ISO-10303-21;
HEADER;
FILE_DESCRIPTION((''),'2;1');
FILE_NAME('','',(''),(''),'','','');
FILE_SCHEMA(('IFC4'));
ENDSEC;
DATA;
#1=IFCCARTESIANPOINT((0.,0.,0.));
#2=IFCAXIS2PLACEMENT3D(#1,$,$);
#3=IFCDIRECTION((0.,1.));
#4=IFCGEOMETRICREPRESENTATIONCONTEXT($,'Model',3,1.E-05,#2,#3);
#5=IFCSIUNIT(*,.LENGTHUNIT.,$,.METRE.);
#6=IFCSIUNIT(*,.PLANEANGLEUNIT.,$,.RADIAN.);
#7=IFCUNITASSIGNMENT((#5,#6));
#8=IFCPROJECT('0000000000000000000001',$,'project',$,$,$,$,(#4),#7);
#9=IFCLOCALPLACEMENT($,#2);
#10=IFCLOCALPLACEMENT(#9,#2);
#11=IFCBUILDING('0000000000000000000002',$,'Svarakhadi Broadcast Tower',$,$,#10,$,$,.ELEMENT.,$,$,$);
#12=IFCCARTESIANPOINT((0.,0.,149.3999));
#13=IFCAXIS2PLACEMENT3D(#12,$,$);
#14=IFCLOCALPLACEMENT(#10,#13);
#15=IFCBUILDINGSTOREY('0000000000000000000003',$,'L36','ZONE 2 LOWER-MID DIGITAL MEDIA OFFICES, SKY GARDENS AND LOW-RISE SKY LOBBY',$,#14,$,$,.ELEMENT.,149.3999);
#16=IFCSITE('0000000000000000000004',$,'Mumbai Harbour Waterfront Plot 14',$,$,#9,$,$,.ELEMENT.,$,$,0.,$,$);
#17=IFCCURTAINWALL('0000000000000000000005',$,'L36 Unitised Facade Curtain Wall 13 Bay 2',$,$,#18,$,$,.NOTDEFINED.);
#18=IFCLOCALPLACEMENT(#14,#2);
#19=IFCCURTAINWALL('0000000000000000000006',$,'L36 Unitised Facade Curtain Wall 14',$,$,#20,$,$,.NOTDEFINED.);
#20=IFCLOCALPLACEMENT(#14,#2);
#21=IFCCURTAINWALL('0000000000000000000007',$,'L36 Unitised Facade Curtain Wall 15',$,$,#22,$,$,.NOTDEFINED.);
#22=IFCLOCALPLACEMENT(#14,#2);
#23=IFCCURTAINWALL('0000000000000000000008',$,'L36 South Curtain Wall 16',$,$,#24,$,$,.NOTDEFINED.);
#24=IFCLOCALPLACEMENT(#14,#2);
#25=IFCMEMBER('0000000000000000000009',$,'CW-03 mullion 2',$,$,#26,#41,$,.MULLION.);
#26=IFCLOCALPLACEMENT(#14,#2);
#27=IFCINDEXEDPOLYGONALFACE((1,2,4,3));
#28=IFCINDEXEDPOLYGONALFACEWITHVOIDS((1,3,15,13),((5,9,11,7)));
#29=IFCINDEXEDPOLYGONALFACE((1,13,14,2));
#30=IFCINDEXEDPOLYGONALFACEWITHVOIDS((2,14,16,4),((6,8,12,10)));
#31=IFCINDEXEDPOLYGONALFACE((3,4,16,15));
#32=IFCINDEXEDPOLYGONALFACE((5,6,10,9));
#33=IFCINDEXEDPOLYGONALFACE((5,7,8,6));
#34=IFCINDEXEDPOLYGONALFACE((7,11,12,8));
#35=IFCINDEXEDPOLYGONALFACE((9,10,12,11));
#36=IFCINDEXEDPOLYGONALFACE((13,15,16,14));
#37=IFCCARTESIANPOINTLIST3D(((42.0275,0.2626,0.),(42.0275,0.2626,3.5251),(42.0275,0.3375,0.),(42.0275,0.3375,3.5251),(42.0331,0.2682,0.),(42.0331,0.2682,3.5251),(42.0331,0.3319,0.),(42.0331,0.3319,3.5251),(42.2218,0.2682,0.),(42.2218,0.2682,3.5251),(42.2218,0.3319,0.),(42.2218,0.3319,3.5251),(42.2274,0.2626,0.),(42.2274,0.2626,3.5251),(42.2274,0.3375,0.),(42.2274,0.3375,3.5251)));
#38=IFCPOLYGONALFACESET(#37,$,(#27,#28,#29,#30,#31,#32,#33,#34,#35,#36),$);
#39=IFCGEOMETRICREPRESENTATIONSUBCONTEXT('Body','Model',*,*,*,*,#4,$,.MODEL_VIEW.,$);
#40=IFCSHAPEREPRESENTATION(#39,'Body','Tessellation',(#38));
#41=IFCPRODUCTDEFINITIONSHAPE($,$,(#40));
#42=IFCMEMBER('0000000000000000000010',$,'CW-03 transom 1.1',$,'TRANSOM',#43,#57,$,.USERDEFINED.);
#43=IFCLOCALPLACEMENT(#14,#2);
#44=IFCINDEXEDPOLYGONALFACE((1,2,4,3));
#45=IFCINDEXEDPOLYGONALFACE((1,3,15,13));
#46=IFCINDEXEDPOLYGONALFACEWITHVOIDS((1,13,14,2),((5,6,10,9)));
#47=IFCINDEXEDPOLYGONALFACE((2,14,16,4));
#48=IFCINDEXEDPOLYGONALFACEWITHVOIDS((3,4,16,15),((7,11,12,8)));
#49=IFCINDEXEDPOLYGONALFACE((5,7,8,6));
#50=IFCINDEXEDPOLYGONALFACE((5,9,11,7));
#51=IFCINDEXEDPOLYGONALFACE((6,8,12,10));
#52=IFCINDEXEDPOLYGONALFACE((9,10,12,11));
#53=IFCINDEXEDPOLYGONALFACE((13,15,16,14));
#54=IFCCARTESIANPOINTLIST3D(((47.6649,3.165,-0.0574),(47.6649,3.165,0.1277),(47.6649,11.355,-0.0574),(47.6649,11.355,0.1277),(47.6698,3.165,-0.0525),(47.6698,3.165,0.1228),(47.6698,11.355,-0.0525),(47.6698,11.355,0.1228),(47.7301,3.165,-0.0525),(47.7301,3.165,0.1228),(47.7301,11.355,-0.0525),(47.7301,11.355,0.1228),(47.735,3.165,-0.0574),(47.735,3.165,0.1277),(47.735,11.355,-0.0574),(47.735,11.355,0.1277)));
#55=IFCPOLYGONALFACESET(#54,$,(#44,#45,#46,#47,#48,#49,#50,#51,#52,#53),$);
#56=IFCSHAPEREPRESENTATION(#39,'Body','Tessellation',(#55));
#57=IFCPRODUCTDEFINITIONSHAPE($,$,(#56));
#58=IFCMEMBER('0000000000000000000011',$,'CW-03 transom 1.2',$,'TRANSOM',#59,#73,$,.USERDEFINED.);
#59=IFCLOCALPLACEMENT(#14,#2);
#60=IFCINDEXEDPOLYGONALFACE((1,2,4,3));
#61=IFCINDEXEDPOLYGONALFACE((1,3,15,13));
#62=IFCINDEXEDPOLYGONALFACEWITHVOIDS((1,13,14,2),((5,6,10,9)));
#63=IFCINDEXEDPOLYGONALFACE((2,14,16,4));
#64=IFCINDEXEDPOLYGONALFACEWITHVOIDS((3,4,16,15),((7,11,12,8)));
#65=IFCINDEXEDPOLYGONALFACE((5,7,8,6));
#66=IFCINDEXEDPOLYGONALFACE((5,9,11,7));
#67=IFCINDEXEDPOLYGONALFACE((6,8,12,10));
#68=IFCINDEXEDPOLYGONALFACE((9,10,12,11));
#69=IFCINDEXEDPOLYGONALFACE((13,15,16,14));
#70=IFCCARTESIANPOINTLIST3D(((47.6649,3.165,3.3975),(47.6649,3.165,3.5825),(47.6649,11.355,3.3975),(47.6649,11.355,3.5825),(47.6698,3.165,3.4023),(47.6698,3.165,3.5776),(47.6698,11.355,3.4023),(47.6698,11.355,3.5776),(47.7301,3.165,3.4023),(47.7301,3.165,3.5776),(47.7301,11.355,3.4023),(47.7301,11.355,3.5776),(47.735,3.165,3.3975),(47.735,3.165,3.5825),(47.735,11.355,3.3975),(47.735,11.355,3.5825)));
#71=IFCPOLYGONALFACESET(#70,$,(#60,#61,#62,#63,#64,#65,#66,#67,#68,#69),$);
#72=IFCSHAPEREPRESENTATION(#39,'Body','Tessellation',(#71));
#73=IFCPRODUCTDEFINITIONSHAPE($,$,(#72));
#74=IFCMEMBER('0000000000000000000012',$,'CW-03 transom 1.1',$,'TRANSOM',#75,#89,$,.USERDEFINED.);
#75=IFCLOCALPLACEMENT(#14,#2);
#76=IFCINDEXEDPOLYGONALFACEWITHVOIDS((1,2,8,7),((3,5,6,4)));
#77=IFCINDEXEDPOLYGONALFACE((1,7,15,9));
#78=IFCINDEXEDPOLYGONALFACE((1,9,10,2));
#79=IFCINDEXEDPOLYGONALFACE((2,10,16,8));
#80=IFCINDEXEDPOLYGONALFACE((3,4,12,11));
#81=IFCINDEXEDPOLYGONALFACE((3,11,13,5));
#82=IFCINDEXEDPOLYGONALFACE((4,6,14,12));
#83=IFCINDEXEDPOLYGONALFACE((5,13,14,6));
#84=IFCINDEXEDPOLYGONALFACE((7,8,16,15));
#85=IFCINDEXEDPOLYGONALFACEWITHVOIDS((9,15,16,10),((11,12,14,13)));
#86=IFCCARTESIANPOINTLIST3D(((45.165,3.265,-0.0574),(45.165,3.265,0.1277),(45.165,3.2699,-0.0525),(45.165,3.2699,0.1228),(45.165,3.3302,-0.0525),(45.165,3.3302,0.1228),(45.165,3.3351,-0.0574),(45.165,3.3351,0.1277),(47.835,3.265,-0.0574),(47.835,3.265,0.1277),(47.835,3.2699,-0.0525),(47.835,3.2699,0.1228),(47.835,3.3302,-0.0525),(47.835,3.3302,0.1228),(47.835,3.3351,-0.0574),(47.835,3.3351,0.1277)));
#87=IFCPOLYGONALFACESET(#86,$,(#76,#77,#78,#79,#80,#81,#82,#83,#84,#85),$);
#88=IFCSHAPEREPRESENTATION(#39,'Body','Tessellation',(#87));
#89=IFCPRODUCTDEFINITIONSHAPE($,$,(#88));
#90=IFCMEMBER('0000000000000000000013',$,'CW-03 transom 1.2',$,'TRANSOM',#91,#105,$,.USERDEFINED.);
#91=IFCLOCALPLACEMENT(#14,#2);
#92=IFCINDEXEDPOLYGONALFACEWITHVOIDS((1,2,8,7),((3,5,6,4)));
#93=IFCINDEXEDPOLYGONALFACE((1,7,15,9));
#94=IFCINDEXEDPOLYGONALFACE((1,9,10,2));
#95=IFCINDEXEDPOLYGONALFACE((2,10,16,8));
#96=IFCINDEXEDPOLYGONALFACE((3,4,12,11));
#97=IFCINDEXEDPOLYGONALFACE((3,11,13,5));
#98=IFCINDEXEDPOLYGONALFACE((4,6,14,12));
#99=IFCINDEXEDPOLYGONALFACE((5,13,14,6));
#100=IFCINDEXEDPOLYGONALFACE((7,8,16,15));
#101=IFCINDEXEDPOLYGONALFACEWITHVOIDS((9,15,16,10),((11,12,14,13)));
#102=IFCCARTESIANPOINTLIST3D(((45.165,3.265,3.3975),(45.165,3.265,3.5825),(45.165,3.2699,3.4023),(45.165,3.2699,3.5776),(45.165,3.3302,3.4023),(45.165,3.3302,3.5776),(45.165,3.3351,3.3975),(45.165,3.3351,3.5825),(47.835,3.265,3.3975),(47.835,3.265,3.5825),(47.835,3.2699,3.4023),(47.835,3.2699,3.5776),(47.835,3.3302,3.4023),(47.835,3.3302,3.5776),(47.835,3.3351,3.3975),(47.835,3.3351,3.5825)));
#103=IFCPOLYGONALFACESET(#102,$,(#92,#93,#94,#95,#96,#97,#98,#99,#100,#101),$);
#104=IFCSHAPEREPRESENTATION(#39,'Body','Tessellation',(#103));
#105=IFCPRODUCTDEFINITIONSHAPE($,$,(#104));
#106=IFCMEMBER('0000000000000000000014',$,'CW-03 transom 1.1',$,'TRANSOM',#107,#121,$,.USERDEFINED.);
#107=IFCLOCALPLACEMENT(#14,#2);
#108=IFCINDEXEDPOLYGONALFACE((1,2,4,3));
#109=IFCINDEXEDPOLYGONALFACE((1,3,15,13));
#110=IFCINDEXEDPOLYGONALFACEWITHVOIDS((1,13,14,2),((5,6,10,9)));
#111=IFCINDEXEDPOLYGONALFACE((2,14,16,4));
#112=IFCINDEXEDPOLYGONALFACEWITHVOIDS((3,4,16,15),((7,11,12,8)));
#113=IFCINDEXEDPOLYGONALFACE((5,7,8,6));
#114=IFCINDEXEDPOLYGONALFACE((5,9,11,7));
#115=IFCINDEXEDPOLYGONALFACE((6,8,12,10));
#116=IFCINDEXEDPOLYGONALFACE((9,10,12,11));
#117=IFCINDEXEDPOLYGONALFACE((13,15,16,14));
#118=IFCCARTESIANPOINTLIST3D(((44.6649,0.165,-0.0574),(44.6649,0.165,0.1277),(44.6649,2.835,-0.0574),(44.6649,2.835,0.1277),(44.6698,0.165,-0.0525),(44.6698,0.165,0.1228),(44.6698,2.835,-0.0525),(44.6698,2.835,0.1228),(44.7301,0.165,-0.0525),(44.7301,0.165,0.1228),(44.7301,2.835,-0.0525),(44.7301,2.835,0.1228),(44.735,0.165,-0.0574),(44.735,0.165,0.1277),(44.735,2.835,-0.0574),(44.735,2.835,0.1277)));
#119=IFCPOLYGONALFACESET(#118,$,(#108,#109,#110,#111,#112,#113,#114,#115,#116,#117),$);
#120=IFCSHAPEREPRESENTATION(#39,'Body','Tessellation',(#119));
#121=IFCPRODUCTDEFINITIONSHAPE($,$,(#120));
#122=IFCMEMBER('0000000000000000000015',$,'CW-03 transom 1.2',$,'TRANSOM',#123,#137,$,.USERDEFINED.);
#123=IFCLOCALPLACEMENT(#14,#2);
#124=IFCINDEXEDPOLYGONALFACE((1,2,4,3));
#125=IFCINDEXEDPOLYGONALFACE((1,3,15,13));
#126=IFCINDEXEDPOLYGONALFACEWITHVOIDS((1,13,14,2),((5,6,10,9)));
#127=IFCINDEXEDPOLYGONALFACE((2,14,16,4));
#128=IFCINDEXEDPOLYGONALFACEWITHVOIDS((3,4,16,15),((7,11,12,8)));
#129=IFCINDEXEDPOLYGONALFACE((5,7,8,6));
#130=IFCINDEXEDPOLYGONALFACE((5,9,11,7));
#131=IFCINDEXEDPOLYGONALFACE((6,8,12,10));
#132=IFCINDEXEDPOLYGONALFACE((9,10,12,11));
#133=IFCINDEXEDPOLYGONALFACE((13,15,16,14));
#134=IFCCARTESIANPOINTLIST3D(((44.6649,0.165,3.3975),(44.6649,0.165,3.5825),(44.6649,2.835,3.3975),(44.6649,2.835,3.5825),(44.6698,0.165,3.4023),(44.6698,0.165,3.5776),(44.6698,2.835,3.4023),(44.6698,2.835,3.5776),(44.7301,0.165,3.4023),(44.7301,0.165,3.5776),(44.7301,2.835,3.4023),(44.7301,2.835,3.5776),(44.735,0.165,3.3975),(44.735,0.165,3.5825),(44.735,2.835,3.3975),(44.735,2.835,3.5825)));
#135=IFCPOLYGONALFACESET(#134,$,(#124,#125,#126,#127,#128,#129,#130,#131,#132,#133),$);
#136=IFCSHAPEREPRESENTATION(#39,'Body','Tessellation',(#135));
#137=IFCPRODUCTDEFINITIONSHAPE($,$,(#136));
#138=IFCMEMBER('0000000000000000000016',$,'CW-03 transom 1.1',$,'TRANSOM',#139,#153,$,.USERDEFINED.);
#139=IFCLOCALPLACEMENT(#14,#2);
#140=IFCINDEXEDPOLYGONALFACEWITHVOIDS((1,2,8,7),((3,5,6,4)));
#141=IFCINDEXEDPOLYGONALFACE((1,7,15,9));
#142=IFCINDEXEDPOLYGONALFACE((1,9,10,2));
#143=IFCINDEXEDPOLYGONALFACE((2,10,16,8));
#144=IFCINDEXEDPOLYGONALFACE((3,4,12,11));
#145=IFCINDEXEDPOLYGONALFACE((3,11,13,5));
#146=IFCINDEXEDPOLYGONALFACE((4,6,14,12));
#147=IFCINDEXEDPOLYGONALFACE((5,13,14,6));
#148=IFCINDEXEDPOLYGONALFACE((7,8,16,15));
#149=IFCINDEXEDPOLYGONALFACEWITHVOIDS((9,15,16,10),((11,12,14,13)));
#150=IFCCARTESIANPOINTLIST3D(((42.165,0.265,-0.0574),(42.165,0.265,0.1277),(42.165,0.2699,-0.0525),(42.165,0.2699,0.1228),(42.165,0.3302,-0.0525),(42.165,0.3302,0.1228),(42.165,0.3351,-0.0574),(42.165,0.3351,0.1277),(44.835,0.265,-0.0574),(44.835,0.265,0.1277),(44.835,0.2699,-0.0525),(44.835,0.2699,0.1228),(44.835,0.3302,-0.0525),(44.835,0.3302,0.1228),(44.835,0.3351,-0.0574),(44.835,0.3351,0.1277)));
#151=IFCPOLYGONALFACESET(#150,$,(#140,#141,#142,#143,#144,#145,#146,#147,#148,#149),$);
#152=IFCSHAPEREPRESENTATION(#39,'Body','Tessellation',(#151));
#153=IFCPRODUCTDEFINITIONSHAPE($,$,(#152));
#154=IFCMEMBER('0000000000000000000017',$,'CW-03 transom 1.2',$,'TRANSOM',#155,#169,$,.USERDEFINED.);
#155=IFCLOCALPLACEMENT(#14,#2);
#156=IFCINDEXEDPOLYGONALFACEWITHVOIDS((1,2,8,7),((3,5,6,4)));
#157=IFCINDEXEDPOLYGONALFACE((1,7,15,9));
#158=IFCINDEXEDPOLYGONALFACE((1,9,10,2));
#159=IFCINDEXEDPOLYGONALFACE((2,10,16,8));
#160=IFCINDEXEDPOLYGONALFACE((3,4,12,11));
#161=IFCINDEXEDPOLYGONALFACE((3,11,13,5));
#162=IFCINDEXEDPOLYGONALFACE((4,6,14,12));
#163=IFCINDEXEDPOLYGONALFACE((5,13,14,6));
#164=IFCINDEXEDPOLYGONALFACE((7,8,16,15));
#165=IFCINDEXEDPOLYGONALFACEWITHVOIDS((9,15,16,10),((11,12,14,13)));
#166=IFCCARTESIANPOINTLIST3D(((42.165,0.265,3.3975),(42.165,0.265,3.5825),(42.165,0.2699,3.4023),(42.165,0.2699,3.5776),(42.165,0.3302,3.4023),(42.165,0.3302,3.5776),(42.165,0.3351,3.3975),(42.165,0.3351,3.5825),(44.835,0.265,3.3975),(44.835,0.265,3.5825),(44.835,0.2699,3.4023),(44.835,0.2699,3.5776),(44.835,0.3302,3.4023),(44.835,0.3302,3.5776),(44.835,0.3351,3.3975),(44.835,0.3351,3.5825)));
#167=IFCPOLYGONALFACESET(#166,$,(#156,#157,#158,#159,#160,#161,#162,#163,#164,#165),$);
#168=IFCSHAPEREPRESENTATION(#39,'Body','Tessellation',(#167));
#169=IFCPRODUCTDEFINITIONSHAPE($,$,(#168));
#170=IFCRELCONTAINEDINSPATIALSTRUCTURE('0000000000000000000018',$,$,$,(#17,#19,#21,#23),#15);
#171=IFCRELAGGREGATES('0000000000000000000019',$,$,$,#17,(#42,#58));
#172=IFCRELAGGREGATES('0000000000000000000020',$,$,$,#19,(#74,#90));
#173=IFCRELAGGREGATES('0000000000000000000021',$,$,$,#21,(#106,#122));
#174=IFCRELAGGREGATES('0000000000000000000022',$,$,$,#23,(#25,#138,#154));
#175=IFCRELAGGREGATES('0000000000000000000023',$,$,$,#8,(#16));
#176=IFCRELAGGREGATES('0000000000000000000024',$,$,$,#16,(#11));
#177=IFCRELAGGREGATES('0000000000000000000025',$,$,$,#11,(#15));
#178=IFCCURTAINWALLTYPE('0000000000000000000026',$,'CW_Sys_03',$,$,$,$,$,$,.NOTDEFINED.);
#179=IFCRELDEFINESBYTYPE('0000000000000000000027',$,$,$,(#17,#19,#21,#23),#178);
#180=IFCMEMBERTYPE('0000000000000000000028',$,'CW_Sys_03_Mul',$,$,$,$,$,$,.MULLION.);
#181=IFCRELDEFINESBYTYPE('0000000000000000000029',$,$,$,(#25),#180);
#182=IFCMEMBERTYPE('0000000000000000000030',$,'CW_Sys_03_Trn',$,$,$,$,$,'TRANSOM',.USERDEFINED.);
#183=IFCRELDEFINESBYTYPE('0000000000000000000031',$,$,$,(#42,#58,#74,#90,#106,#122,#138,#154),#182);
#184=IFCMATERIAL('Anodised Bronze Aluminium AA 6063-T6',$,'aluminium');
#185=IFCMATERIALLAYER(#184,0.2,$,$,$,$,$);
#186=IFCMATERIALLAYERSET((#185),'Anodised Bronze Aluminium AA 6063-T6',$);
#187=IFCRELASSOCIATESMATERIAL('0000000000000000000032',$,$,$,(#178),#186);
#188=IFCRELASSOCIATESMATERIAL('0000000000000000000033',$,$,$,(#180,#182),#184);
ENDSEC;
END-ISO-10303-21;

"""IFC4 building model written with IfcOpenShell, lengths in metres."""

from ifc_helpers import new_model, si_unit, direction, frame, origin, origin_2d, place, context, subcontext, project, spatial, hollow_rectangle, extrude, material, layer, layer_set, material_profile, profile_set, type_object, element, aggregate, save


model = new_model("IFC4")

# Units and contexts
model_context = context("Model", 3, precision=1e-05, world=origin(), true_north=direction((0.0, 1.0)))
body_context = subcontext(model_context, "Body", "Model", "MODEL_VIEW")
ifc_project = project(units=[si_unit("LENGTHUNIT", "METRE"), si_unit("PLANEANGLEUNIT", "RADIAN")], contexts=[model_context])

# Site, building, storey
site_placement = place(None, origin())
site = spatial("IfcSite", under=ifc_project, at=site_placement, Name="Mumbai Harbour Waterfront Plot 14", CompositionType="ELEMENT", RefElevation=0.0)
building_placement = place(site_placement, origin())
building = spatial("IfcBuilding", under=site, at=building_placement, Name="Svarakhadi Broadcast Tower", CompositionType="ELEMENT")
storey_placement = place(building_placement, frame((0.0, 0.0, 149.3999)))
storey = spatial("IfcBuildingStorey", under=building, at=storey_placement, Name="L36", Description="ZONE 2 LOWER-MID DIGITAL MEDIA OFFICES, SKY GARDENS AND LOW-RISE SKY LOBBY", CompositionType="ELEMENT", Elevation=149.3999)

# Curtain walls, member
ifc_material_1 = material(Name="Anodised Bronze Aluminium AA 6063-T6", Category="aluminium")
ifc_layer_1 = layer(ifc_material_1, 0.2)
ifc_layer_set_1 = layer_set([ifc_layer_1], Name="Anodised Bronze Aluminium AA 6063-T6")
curtain_wall_type = type_object("IfcCurtainWallType", Name="CW_Sys_03", PredefinedType="NOTDEFINED", material=ifc_layer_set_1)
curtain_wall_1_placement = place(storey_placement, origin())
curtain_wall_1 = element("IfcCurtainWall", 1, at=curtain_wall_1_placement, inside=storey, type_object=curtain_wall_type, Name="L36 Unitised Facade Curtain Wall 13 Bay 2", PredefinedType="NOTDEFINED")
ifc_material_profile_1 = material_profile(ifc_material_1, hollow_rectangle(XDim=0.075, YDim=0.2, WallThickness=0.0056, at=origin_2d()), Name="ALU MULLION 200x75x6")
ifc_profile_set_1 = profile_set([ifc_material_profile_1], Name="Anodised Bronze Aluminium AA 6063-T6")
member_type_1 = type_object("IfcMemberType", Name="CW_Sys_03_Mul", PredefinedType="MULLION", material=ifc_profile_set_1)
curtain_wall_2_placement = place(storey_placement, origin())
curtain_wall_2 = element("IfcCurtainWall", 2, at=curtain_wall_2_placement, inside=storey, type_object=curtain_wall_type, Name="L36 Unitised Facade Curtain Wall 14", PredefinedType="NOTDEFINED")
curtain_wall_3_placement = place(storey_placement, origin())
curtain_wall_3 = element("IfcCurtainWall", 3, at=curtain_wall_3_placement, inside=storey, type_object=curtain_wall_type, Name="L36 Unitised Facade Curtain Wall 15", PredefinedType="NOTDEFINED")
curtain_wall_4_placement = place(storey_placement, origin())
curtain_wall_4 = element("IfcCurtainWall", 4, at=curtain_wall_4_placement, inside=storey, type_object=curtain_wall_type, Name="L36 South Curtain Wall 16", PredefinedType="NOTDEFINED")
member_1_placement = place(storey_placement, frame((42.1274, 0.3, 0.0), z_axis=(0.0, 0.0, 1.0), x_axis=(0.0, -1.0, 0.0)))
member_1 = element("IfcMember", 5, at=member_1_placement, type_object=member_type_1, Name="CW-03 mullion 2", PredefinedType="MULLION", context=body_context, shape_type="SweptSolid", body=[
    extrude(hollow_rectangle(XDim=0.075, YDim=0.2, WallThickness=0.0056, at=origin_2d()), origin(), (0.0, 0.0, 1.0), 3.5251),
])

# Members
ifc_material_profile_2 = material_profile(ifc_material_1, hollow_rectangle(XDim=0.0701, YDim=0.1851, WallThickness=0.0049, at=origin_2d()), Name="ALU TRANSOM 185x70x5")
ifc_profile_set_2 = profile_set([ifc_material_profile_2], Name="Anodised Bronze Aluminium AA 6063-T6")
member_type_2 = type_object("IfcMemberType", Name="CW_Sys_03_Trn", ElementType="TRANSOM", PredefinedType="USERDEFINED", material=ifc_profile_set_2)
member_2_placement = place(storey_placement, frame((47.7, 11.355, 0.0352), z_axis=(0.0, -1.0, 0.0), x_axis=(1.0, 0.0, 0.0)))
member_2 = element("IfcMember", 6, at=member_2_placement, type_object=member_type_2, Name="CW-03 transom 1.1", ObjectType="TRANSOM", PredefinedType="USERDEFINED", context=body_context, shape_type="SweptSolid", body=[
    extrude(hollow_rectangle(XDim=0.0701, YDim=0.1851, WallThickness=0.0049, at=origin_2d()), origin(), (0.0, 0.0, 1.0), 8.1899),
])
member_3_placement = place(storey_placement, frame((47.7, 11.355, 3.49), z_axis=(0.0, -1.0, 0.0), x_axis=(1.0, 0.0, 0.0)))
member_3 = element("IfcMember", 7, at=member_3_placement, type_object=member_type_2, Name="CW-03 transom 1.2", ObjectType="TRANSOM", PredefinedType="USERDEFINED", context=body_context, shape_type="SweptSolid", body=[
    extrude(hollow_rectangle(XDim=0.0701, YDim=0.1851, WallThickness=0.0049, at=origin_2d()), origin(), (0.0, 0.0, 1.0), 8.1899),
])
member_4_placement = place(storey_placement, frame((47.835, 3.3, 0.0352), z_axis=(-1.0, 0.0, 0.0), x_axis=(0.0, -1.0, 0.0)))
member_4 = element("IfcMember", 8, at=member_4_placement, type_object=member_type_2, Name="CW-03 transom 1.1", ObjectType="TRANSOM", PredefinedType="USERDEFINED", context=body_context, shape_type="SweptSolid", body=[
    extrude(hollow_rectangle(XDim=0.0701, YDim=0.1851, WallThickness=0.0049, at=origin_2d()), origin(), (0.0, 0.0, 1.0), 2.6699),
])
member_5_placement = place(storey_placement, frame((47.835, 3.3, 3.49), z_axis=(-1.0, 0.0, 0.0), x_axis=(0.0, -1.0, 0.0)))
member_5 = element("IfcMember", 9, at=member_5_placement, type_object=member_type_2, Name="CW-03 transom 1.2", ObjectType="TRANSOM", PredefinedType="USERDEFINED", context=body_context, shape_type="SweptSolid", body=[
    extrude(hollow_rectangle(XDim=0.0701, YDim=0.1851, WallThickness=0.0049, at=origin_2d()), origin(), (0.0, 0.0, 1.0), 2.6699),
])
member_6_placement = place(storey_placement, frame((44.7, 2.835, 0.0352), z_axis=(0.0, -1.0, 0.0), x_axis=(1.0, 0.0, 0.0)))
member_6 = element("IfcMember", 10, at=member_6_placement, type_object=member_type_2, Name="CW-03 transom 1.1", ObjectType="TRANSOM", PredefinedType="USERDEFINED", context=body_context, shape_type="SweptSolid", body=[
    extrude(hollow_rectangle(XDim=0.0701, YDim=0.1851, WallThickness=0.0049, at=origin_2d()), origin(), (0.0, 0.0, 1.0), 2.6699),
])
member_7_placement = place(storey_placement, frame((44.7, 2.835, 3.49), z_axis=(0.0, -1.0, 0.0), x_axis=(1.0, 0.0, 0.0)))
member_7 = element("IfcMember", 11, at=member_7_placement, type_object=member_type_2, Name="CW-03 transom 1.2", ObjectType="TRANSOM", PredefinedType="USERDEFINED", context=body_context, shape_type="SweptSolid", body=[
    extrude(hollow_rectangle(XDim=0.0701, YDim=0.1851, WallThickness=0.0049, at=origin_2d()), origin(), (0.0, 0.0, 1.0), 2.6699),
])
member_8_placement = place(storey_placement, frame((44.835, 0.3, 0.0352), z_axis=(-1.0, 0.0, 0.0), x_axis=(0.0, -1.0, 0.0)))
member_8 = element("IfcMember", 12, at=member_8_placement, type_object=member_type_2, Name="CW-03 transom 1.1", ObjectType="TRANSOM", PredefinedType="USERDEFINED", context=body_context, shape_type="SweptSolid", body=[
    extrude(hollow_rectangle(XDim=0.0701, YDim=0.1851, WallThickness=0.0049, at=origin_2d()), origin(), (0.0, 0.0, 1.0), 2.6699),
])
member_9_placement = place(storey_placement, frame((44.835, 0.3, 3.49), z_axis=(-1.0, 0.0, 0.0), x_axis=(0.0, -1.0, 0.0)))
member_9 = element("IfcMember", 13, at=member_9_placement, type_object=member_type_2, Name="CW-03 transom 1.2", ObjectType="TRANSOM", PredefinedType="USERDEFINED", context=body_context, shape_type="SweptSolid", body=[
    extrude(hollow_rectangle(XDim=0.0701, YDim=0.1851, WallThickness=0.0049, at=origin_2d()), origin(), (0.0, 0.0, 1.0), 2.6699),
])

aggregate(curtain_wall_1, [member_2, member_3])
aggregate(curtain_wall_2, [member_4, member_5])
aggregate(curtain_wall_3, [member_6, member_7])
aggregate(curtain_wall_4, [member_1, member_8, member_9])

save(model, "model.ifc")
